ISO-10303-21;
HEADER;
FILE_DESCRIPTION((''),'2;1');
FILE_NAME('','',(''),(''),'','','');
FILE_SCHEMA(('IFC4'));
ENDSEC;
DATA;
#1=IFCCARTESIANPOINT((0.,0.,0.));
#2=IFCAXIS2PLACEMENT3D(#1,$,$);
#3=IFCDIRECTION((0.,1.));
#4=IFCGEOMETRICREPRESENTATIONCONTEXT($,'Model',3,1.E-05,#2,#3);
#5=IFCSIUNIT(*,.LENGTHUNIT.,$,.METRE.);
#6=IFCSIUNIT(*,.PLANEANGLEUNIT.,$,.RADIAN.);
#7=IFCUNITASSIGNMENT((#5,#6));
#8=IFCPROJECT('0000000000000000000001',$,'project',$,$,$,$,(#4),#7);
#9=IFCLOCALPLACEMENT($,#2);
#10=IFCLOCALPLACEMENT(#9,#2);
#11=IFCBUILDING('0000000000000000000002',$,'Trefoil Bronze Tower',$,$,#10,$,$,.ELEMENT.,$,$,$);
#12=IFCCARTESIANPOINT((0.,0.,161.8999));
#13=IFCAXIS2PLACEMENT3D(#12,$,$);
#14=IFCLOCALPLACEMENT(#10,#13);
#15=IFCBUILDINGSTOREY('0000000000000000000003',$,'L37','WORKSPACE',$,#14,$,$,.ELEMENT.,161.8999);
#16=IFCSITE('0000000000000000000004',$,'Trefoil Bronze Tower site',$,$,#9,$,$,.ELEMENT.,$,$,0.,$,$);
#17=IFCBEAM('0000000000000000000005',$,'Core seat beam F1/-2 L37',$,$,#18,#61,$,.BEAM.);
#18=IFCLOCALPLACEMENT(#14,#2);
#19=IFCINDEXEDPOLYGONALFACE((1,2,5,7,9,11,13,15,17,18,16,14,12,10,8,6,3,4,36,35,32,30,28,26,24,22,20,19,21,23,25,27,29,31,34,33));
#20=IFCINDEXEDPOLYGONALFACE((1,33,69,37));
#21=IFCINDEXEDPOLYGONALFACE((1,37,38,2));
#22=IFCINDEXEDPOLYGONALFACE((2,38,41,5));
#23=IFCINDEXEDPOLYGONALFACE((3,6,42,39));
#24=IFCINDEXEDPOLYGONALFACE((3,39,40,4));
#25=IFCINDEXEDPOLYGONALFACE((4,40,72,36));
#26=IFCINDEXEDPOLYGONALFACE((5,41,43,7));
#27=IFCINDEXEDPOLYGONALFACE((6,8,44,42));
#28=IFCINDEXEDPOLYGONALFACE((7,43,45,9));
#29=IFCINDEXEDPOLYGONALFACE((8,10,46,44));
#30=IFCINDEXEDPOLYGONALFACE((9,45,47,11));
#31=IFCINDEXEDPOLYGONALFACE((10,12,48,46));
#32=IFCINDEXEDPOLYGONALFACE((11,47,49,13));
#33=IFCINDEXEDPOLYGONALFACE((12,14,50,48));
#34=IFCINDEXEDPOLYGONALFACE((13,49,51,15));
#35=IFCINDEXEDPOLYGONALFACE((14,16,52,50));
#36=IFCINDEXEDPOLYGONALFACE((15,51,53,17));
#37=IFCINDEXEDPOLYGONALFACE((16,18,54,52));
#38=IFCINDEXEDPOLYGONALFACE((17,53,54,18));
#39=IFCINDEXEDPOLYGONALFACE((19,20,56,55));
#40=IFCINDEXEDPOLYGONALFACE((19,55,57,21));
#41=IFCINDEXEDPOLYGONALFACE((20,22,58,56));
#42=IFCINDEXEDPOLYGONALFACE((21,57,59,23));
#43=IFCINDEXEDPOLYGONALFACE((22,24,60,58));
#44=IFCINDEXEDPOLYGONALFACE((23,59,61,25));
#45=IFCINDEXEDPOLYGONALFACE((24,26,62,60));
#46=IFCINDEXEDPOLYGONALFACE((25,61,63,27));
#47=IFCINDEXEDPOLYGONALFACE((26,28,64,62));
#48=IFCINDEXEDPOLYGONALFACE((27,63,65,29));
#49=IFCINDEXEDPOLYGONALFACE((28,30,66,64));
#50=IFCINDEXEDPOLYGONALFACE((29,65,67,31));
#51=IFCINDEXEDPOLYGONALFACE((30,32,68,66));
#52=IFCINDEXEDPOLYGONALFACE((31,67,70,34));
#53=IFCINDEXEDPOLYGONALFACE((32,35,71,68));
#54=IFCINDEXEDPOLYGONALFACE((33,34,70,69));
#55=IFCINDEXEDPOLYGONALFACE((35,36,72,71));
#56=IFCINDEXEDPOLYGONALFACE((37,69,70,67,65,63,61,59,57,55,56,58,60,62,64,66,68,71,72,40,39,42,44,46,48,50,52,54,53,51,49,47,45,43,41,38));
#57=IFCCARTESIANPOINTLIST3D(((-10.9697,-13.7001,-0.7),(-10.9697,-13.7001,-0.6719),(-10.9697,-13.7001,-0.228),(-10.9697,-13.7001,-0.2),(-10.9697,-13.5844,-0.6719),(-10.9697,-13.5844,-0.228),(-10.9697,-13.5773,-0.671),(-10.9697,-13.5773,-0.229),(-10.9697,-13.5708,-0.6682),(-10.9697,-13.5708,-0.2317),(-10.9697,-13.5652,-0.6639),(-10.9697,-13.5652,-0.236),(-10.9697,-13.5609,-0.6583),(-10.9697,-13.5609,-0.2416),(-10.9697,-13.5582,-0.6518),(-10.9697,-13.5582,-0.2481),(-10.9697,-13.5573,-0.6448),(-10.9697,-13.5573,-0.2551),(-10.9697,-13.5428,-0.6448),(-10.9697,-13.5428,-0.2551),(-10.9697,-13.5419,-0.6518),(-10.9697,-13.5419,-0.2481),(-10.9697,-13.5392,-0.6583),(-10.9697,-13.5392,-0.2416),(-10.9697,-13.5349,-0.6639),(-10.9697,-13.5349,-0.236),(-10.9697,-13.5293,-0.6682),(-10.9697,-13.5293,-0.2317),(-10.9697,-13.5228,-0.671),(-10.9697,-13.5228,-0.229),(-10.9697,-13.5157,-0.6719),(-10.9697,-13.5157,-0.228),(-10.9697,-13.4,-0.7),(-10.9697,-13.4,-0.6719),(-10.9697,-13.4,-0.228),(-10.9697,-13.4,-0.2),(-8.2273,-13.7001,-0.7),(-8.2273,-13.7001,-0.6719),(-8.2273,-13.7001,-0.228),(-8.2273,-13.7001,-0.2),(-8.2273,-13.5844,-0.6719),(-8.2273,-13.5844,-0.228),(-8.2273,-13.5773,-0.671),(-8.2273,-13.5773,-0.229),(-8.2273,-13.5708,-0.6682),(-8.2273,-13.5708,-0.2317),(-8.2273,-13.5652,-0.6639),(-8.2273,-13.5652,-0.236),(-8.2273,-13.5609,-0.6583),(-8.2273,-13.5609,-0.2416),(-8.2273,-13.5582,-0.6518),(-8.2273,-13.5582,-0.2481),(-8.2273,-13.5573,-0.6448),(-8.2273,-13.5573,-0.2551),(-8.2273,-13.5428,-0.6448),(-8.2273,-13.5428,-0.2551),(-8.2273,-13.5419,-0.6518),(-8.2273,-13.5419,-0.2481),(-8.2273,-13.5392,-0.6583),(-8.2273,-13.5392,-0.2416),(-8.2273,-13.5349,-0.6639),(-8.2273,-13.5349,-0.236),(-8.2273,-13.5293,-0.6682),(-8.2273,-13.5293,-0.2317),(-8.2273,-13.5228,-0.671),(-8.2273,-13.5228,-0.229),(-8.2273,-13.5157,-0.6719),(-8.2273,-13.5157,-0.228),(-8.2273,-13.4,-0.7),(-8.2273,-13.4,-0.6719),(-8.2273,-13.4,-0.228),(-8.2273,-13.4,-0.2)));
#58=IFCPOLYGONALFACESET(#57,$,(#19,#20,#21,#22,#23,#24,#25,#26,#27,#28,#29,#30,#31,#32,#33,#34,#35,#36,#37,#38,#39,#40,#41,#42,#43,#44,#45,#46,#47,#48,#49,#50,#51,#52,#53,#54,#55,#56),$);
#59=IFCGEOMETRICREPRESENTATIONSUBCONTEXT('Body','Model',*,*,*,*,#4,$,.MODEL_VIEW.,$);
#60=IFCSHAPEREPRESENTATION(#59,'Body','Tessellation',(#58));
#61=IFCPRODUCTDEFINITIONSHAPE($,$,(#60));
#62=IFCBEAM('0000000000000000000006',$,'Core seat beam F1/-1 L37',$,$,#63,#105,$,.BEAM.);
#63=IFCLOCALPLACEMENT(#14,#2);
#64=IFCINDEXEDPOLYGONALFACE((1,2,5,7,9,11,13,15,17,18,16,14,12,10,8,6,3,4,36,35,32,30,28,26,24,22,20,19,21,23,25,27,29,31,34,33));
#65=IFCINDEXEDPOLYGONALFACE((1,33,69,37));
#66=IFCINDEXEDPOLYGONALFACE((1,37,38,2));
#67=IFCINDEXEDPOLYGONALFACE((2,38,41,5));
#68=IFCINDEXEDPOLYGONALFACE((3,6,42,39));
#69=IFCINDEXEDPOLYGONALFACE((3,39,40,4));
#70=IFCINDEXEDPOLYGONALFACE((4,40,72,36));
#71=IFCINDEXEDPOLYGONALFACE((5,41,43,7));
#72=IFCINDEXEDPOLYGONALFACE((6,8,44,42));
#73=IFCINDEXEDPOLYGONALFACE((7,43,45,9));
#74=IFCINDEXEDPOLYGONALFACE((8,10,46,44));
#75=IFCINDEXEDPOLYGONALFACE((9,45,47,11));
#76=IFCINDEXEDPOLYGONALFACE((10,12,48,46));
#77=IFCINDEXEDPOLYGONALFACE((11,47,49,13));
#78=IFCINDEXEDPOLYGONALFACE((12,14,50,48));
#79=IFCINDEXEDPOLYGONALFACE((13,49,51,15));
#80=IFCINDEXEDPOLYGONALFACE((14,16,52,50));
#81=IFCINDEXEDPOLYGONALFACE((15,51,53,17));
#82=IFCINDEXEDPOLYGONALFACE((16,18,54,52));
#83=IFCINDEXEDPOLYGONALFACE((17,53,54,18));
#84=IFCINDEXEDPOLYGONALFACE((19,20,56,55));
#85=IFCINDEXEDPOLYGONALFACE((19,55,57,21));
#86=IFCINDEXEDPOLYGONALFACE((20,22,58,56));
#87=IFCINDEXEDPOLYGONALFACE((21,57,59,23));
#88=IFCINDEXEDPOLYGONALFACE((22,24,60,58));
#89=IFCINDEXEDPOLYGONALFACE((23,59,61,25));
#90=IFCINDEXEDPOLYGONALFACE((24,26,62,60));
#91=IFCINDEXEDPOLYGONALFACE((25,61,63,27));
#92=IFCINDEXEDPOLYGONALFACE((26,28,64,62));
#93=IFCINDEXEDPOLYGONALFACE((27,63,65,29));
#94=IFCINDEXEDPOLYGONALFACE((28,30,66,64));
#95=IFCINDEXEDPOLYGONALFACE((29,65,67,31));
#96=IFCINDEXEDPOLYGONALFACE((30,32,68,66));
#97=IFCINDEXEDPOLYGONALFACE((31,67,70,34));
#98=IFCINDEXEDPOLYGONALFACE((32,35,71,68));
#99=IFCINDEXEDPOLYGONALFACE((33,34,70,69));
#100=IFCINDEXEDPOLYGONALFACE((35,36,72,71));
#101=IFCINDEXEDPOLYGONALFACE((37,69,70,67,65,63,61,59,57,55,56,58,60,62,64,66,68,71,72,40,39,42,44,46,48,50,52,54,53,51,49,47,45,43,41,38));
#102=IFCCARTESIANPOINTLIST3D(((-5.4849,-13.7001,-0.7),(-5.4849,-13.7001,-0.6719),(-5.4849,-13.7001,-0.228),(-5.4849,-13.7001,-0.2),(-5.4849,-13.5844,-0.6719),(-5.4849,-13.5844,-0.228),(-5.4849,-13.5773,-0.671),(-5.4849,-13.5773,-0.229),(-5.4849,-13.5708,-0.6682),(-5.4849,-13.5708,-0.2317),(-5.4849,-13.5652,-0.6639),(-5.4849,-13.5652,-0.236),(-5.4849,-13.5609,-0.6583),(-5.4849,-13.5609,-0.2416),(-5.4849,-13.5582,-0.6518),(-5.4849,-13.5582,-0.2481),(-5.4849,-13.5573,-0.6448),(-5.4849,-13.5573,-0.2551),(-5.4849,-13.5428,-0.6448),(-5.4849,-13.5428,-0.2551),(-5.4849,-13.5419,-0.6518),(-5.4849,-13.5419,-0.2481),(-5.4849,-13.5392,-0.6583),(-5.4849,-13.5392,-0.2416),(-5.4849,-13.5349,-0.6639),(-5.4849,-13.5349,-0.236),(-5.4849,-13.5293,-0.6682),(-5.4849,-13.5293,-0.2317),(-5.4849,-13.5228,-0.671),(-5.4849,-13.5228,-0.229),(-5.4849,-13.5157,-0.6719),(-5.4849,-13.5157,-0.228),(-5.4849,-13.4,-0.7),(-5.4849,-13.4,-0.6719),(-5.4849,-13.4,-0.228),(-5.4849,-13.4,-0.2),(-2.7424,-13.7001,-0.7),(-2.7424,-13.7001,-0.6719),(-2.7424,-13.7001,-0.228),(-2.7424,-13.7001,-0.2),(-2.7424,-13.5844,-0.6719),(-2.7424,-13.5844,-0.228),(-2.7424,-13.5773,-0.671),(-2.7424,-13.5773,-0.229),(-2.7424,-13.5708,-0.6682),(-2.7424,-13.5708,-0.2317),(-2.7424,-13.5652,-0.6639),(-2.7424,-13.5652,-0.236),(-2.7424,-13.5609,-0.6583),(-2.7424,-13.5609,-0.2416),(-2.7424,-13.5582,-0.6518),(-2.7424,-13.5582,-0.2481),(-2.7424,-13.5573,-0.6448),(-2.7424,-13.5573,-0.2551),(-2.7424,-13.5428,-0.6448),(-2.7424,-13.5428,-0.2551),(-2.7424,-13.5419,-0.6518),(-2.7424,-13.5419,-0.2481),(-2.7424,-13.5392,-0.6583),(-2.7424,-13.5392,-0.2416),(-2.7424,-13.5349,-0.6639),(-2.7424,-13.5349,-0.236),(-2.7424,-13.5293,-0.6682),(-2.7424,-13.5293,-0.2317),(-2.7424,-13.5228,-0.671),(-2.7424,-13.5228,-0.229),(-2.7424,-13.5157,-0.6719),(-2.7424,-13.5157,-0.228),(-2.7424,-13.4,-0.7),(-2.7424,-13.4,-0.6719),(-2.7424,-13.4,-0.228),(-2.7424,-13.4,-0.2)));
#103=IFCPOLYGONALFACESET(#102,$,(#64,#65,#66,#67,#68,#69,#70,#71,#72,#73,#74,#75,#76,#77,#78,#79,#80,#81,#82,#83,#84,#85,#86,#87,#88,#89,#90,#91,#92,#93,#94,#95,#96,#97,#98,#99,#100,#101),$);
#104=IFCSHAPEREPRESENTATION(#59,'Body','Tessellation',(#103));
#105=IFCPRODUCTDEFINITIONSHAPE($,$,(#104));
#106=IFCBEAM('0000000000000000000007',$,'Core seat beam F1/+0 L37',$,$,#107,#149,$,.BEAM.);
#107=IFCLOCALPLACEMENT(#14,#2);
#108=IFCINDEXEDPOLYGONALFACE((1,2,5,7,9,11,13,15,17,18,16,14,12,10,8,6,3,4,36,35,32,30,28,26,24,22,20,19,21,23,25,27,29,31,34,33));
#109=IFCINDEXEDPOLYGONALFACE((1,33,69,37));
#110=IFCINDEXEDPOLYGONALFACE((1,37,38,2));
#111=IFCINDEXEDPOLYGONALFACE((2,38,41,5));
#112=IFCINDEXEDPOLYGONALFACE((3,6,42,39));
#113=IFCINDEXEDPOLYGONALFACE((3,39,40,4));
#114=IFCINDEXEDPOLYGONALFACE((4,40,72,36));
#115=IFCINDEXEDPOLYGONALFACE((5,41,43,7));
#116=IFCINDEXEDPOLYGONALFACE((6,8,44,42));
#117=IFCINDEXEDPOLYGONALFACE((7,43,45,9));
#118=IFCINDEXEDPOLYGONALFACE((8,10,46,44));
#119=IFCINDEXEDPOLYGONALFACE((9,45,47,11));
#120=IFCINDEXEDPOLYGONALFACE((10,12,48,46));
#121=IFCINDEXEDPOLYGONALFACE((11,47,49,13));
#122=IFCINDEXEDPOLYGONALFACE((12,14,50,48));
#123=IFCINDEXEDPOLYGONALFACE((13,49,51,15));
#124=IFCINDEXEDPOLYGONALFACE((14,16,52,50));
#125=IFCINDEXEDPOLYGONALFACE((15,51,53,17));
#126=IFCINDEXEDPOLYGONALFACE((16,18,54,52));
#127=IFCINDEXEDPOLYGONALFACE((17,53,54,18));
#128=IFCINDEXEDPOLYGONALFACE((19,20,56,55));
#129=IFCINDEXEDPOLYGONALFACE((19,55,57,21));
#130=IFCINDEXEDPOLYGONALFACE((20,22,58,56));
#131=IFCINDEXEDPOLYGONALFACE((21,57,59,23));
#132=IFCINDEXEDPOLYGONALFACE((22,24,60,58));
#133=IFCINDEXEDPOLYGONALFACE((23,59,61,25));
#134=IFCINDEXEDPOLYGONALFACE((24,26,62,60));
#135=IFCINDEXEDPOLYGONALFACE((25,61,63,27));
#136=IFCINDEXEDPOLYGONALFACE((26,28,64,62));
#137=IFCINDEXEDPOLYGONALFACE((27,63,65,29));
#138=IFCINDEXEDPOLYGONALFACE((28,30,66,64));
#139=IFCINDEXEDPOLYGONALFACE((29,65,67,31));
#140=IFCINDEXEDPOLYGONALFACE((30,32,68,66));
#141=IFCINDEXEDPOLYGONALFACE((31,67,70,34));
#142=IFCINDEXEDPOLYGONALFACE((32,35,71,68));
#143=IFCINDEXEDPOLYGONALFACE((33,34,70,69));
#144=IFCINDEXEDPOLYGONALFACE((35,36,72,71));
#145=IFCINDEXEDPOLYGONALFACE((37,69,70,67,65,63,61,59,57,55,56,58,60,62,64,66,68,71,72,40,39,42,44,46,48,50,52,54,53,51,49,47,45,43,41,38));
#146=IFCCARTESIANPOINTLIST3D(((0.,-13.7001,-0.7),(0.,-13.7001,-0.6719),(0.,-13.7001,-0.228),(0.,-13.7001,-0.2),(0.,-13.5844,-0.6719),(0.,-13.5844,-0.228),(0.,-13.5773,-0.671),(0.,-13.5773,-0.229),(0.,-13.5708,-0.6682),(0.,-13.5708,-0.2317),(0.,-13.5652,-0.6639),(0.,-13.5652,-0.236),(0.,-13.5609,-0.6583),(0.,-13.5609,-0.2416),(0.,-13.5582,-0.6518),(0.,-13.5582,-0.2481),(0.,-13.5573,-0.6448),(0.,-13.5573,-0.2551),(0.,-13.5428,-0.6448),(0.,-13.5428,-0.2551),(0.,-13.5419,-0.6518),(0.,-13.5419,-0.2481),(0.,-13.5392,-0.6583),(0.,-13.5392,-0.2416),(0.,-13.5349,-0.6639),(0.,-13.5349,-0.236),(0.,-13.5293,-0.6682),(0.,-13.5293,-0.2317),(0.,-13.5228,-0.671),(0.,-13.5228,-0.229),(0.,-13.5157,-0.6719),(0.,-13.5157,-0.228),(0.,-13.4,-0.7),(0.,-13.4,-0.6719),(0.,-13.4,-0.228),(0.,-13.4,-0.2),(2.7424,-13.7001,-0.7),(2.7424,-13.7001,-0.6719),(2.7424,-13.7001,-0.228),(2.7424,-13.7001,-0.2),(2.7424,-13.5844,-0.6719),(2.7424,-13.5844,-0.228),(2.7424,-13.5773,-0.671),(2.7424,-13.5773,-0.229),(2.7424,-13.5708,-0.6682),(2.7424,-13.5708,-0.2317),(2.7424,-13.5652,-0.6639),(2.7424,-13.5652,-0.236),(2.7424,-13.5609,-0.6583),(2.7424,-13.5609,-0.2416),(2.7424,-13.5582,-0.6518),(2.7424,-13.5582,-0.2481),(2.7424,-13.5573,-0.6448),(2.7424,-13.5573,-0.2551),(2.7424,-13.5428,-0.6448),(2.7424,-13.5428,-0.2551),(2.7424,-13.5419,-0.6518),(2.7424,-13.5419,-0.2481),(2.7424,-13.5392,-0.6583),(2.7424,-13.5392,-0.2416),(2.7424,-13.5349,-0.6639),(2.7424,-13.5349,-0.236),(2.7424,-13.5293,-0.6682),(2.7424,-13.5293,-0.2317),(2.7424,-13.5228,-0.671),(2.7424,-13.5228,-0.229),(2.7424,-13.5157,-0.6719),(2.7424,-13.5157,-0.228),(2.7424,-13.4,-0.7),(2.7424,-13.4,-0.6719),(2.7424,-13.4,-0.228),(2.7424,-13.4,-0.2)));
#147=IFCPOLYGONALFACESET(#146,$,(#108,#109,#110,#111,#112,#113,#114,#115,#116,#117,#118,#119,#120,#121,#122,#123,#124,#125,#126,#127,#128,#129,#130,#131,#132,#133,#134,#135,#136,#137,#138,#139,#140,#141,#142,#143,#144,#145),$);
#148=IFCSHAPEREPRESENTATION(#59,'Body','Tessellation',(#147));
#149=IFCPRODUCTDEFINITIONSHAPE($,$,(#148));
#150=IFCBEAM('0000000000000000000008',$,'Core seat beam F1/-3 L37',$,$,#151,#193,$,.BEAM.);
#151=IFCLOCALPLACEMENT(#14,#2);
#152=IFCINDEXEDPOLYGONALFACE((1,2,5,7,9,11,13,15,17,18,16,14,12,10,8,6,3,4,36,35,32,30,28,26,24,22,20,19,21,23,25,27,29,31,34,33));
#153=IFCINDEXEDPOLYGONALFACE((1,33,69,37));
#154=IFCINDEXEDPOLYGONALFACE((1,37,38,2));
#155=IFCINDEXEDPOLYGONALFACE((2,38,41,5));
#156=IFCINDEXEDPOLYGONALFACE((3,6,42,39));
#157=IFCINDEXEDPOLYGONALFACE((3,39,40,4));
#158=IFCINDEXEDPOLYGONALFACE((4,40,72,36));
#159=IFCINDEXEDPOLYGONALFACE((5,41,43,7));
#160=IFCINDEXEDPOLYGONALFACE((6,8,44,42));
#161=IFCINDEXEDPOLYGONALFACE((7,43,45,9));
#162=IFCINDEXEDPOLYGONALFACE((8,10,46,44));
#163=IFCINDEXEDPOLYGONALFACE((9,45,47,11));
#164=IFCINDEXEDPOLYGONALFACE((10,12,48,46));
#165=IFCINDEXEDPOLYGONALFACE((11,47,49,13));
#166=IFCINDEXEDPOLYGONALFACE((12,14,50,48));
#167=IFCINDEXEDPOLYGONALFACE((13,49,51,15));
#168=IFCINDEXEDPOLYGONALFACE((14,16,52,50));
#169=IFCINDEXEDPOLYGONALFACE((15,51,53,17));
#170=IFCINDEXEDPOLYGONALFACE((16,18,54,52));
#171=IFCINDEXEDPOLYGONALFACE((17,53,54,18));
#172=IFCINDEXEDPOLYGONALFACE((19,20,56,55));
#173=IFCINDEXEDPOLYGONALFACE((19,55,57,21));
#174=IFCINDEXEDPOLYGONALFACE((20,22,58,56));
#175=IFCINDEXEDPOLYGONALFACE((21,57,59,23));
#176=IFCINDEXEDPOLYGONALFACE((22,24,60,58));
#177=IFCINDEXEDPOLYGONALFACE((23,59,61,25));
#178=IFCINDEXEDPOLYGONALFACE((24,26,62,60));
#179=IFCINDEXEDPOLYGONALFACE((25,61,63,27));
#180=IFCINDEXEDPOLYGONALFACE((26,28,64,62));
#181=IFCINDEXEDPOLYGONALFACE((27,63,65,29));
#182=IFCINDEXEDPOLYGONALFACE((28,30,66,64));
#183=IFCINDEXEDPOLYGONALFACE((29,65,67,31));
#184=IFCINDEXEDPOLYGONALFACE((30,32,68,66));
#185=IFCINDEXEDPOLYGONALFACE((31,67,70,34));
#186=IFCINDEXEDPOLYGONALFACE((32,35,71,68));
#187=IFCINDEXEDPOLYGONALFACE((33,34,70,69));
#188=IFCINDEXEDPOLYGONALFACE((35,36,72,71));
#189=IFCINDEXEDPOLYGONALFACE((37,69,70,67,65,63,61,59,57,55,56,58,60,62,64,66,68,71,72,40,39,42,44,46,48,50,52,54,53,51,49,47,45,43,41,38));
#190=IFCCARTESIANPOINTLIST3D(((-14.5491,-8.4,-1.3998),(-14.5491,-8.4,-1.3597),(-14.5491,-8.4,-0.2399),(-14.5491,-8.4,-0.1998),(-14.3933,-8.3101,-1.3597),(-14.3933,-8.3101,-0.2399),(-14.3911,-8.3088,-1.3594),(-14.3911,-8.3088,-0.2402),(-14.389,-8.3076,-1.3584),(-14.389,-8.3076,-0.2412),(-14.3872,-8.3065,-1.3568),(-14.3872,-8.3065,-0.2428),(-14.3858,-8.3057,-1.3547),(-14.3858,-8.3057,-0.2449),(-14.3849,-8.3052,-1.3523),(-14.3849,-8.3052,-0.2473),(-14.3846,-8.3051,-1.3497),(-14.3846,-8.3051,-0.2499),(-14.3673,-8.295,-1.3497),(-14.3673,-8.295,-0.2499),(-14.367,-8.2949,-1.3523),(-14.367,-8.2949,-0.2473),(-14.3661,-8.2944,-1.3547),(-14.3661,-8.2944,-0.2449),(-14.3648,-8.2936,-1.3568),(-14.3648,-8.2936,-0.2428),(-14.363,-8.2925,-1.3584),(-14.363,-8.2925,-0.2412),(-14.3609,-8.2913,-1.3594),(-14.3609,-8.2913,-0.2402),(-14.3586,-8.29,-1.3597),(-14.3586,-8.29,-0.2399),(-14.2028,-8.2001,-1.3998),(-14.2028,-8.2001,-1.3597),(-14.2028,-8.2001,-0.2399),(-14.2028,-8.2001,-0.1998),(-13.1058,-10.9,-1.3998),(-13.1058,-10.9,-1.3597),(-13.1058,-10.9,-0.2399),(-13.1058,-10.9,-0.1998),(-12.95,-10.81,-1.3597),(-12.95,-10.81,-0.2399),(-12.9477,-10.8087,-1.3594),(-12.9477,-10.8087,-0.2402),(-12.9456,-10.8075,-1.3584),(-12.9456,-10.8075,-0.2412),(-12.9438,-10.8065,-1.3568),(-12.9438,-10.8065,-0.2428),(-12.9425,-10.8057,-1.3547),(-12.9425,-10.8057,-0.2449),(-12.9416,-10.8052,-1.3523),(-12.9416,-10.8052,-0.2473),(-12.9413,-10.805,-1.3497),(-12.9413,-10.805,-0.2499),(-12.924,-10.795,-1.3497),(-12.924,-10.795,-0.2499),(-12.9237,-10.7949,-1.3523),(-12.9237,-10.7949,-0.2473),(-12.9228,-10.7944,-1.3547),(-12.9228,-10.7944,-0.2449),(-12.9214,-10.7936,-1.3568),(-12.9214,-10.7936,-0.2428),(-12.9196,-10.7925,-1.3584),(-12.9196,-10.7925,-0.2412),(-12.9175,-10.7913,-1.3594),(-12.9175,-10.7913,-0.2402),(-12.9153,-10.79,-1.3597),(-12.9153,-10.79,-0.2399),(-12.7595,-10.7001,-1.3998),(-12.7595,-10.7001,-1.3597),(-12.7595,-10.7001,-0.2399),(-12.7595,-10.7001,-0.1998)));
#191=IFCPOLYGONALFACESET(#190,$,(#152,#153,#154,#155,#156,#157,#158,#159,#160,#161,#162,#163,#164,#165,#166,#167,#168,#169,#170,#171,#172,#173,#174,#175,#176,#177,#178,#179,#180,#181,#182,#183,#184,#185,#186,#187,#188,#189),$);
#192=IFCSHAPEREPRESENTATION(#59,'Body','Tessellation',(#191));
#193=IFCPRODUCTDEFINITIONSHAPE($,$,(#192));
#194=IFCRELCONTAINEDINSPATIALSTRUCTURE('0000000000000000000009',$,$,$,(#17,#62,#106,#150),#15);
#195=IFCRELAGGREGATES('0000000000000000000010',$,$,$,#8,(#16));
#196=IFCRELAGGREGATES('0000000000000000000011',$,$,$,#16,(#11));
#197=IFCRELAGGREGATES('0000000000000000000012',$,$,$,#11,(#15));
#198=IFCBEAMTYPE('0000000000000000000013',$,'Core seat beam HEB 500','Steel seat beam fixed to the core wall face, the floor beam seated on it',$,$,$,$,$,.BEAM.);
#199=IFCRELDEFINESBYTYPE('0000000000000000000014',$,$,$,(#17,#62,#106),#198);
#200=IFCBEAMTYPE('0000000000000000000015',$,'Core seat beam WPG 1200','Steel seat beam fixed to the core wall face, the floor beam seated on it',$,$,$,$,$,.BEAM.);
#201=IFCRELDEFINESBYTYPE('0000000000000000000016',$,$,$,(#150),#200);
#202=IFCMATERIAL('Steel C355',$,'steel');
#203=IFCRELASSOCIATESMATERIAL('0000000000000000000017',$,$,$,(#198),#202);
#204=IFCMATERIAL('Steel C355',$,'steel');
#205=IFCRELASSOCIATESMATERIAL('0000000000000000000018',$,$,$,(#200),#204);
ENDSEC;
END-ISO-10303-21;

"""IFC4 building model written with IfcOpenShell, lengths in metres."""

from ifc_helpers import new_model, si_unit, direction, frame, origin, origin_2d, place, context, subcontext, project, spatial, i_section, extrude, material, material_profile, profile_set, type_object, element, save


model = new_model("IFC4")

# Units and contexts
model_context = context("Model", 3, precision=1e-05, world=origin(), true_north=direction((0.0, 1.0)))
body_context = subcontext(model_context, "Body", "Model", "MODEL_VIEW")
ifc_project = project(units=[si_unit("LENGTHUNIT", "METRE"), si_unit("PLANEANGLEUNIT", "RADIAN")], contexts=[model_context])

# Site, building, storey
site_placement = place(None, origin())
site = spatial("IfcSite", under=ifc_project, at=site_placement, Name="Trefoil Bronze Tower site", CompositionType="ELEMENT", RefElevation=0.0)
building_placement = place(site_placement, origin())
building = spatial("IfcBuilding", under=site, at=building_placement, Name="Trefoil Bronze Tower", CompositionType="ELEMENT")
storey_placement = place(building_placement, frame((0.0, 0.0, 161.8999)))
storey = spatial("IfcBuildingStorey", under=building, at=storey_placement, Name="L37", Description="WORKSPACE", CompositionType="ELEMENT", Elevation=161.8999)

# Beams
ifc_material_1 = material(Name="Steel C355", Category="steel")
ifc_material_profile_1 = material_profile(ifc_material_1, i_section(OverallWidth=0.3, OverallDepth=0.5, WebThickness=0.0144, FlangeThickness=0.0281, FilletRadius=0.0271, at=origin_2d()), Name="HEB 500")
ifc_profile_set_1 = profile_set([ifc_material_profile_1], Name="Steel C355")
beam_type_1 = type_object("IfcBeamType", Name="Core seat beam HEB 500", Description="Steel seat beam fixed to the core wall face, the floor beam seated on it", PredefinedType="BEAM", material=ifc_profile_set_1)
for number, where, z_axis, x_axis, name in (
    (1, (-10.9697, -13.55, -0.45), (1.0, 0.0, 0.0), (0.0, 1.0, 0.0), "Core seat beam F1/-2 L37"),
    (2, (-5.4849, -13.55, -0.45), (1.0, 0.0, 0.0), (0.0, 1.0, 0.0), "Core seat beam F1/-1 L37"),
    (3, (0.0, -13.55, -0.45), (1.0, 0.0, 0.0), (0.0, 1.0, 0.0), "Core seat beam F1/+0 L37"),
):
    element("IfcBeam", number, at=place(storey_placement, frame(where, z_axis=z_axis, x_axis=x_axis)), inside=storey, type_object=beam_type_1, Name=name, PredefinedType="BEAM", context=body_context, shape_type="SweptSolid", body=[
        extrude(i_section(OverallWidth=0.3, OverallDepth=0.5, WebThickness=0.0144, FlangeThickness=0.0281, FilletRadius=0.0271, at=origin_2d()), origin(), (0.0, 0.0, 1.0), 2.7424),
    ])
ifc_material_2 = material(Name="Steel C355", Category="steel")
ifc_material_profile_2 = material_profile(ifc_material_2, i_section(OverallWidth=0.3999, OverallDepth=1.2, WebThickness=0.02, FlangeThickness=0.04, FilletRadius=0.01, at=origin_2d()), Name="WPG 1200")
ifc_profile_set_2 = profile_set([ifc_material_profile_2], Name="Steel C355")
beam_type_2 = type_object("IfcBeamType", Name="Core seat beam WPG 1200", Description="Steel seat beam fixed to the core wall face, the floor beam seated on it", PredefinedType="BEAM", material=ifc_profile_set_2)
for number, where, z_axis, x_axis, name in (
    (4, (-14.376, -8.3, -0.7998), (0.499996, -0.866028, 0.0), (0.866028, 0.499996, 0.0), "Core seat beam F1/-3 L37"),
):
    element("IfcBeam", number, at=place(storey_placement, frame(where, z_axis=z_axis, x_axis=x_axis)), inside=storey, type_object=beam_type_2, Name=name, PredefinedType="BEAM", context=body_context, shape_type="SweptSolid", body=[
        extrude(i_section(OverallWidth=0.3999, OverallDepth=1.2, WebThickness=0.02, FlangeThickness=0.04, FilletRadius=0.01, at=origin_2d()), origin(), (0.0, 0.0, 1.0), 2.8867),
    ])

save(model, "model.ifc")
